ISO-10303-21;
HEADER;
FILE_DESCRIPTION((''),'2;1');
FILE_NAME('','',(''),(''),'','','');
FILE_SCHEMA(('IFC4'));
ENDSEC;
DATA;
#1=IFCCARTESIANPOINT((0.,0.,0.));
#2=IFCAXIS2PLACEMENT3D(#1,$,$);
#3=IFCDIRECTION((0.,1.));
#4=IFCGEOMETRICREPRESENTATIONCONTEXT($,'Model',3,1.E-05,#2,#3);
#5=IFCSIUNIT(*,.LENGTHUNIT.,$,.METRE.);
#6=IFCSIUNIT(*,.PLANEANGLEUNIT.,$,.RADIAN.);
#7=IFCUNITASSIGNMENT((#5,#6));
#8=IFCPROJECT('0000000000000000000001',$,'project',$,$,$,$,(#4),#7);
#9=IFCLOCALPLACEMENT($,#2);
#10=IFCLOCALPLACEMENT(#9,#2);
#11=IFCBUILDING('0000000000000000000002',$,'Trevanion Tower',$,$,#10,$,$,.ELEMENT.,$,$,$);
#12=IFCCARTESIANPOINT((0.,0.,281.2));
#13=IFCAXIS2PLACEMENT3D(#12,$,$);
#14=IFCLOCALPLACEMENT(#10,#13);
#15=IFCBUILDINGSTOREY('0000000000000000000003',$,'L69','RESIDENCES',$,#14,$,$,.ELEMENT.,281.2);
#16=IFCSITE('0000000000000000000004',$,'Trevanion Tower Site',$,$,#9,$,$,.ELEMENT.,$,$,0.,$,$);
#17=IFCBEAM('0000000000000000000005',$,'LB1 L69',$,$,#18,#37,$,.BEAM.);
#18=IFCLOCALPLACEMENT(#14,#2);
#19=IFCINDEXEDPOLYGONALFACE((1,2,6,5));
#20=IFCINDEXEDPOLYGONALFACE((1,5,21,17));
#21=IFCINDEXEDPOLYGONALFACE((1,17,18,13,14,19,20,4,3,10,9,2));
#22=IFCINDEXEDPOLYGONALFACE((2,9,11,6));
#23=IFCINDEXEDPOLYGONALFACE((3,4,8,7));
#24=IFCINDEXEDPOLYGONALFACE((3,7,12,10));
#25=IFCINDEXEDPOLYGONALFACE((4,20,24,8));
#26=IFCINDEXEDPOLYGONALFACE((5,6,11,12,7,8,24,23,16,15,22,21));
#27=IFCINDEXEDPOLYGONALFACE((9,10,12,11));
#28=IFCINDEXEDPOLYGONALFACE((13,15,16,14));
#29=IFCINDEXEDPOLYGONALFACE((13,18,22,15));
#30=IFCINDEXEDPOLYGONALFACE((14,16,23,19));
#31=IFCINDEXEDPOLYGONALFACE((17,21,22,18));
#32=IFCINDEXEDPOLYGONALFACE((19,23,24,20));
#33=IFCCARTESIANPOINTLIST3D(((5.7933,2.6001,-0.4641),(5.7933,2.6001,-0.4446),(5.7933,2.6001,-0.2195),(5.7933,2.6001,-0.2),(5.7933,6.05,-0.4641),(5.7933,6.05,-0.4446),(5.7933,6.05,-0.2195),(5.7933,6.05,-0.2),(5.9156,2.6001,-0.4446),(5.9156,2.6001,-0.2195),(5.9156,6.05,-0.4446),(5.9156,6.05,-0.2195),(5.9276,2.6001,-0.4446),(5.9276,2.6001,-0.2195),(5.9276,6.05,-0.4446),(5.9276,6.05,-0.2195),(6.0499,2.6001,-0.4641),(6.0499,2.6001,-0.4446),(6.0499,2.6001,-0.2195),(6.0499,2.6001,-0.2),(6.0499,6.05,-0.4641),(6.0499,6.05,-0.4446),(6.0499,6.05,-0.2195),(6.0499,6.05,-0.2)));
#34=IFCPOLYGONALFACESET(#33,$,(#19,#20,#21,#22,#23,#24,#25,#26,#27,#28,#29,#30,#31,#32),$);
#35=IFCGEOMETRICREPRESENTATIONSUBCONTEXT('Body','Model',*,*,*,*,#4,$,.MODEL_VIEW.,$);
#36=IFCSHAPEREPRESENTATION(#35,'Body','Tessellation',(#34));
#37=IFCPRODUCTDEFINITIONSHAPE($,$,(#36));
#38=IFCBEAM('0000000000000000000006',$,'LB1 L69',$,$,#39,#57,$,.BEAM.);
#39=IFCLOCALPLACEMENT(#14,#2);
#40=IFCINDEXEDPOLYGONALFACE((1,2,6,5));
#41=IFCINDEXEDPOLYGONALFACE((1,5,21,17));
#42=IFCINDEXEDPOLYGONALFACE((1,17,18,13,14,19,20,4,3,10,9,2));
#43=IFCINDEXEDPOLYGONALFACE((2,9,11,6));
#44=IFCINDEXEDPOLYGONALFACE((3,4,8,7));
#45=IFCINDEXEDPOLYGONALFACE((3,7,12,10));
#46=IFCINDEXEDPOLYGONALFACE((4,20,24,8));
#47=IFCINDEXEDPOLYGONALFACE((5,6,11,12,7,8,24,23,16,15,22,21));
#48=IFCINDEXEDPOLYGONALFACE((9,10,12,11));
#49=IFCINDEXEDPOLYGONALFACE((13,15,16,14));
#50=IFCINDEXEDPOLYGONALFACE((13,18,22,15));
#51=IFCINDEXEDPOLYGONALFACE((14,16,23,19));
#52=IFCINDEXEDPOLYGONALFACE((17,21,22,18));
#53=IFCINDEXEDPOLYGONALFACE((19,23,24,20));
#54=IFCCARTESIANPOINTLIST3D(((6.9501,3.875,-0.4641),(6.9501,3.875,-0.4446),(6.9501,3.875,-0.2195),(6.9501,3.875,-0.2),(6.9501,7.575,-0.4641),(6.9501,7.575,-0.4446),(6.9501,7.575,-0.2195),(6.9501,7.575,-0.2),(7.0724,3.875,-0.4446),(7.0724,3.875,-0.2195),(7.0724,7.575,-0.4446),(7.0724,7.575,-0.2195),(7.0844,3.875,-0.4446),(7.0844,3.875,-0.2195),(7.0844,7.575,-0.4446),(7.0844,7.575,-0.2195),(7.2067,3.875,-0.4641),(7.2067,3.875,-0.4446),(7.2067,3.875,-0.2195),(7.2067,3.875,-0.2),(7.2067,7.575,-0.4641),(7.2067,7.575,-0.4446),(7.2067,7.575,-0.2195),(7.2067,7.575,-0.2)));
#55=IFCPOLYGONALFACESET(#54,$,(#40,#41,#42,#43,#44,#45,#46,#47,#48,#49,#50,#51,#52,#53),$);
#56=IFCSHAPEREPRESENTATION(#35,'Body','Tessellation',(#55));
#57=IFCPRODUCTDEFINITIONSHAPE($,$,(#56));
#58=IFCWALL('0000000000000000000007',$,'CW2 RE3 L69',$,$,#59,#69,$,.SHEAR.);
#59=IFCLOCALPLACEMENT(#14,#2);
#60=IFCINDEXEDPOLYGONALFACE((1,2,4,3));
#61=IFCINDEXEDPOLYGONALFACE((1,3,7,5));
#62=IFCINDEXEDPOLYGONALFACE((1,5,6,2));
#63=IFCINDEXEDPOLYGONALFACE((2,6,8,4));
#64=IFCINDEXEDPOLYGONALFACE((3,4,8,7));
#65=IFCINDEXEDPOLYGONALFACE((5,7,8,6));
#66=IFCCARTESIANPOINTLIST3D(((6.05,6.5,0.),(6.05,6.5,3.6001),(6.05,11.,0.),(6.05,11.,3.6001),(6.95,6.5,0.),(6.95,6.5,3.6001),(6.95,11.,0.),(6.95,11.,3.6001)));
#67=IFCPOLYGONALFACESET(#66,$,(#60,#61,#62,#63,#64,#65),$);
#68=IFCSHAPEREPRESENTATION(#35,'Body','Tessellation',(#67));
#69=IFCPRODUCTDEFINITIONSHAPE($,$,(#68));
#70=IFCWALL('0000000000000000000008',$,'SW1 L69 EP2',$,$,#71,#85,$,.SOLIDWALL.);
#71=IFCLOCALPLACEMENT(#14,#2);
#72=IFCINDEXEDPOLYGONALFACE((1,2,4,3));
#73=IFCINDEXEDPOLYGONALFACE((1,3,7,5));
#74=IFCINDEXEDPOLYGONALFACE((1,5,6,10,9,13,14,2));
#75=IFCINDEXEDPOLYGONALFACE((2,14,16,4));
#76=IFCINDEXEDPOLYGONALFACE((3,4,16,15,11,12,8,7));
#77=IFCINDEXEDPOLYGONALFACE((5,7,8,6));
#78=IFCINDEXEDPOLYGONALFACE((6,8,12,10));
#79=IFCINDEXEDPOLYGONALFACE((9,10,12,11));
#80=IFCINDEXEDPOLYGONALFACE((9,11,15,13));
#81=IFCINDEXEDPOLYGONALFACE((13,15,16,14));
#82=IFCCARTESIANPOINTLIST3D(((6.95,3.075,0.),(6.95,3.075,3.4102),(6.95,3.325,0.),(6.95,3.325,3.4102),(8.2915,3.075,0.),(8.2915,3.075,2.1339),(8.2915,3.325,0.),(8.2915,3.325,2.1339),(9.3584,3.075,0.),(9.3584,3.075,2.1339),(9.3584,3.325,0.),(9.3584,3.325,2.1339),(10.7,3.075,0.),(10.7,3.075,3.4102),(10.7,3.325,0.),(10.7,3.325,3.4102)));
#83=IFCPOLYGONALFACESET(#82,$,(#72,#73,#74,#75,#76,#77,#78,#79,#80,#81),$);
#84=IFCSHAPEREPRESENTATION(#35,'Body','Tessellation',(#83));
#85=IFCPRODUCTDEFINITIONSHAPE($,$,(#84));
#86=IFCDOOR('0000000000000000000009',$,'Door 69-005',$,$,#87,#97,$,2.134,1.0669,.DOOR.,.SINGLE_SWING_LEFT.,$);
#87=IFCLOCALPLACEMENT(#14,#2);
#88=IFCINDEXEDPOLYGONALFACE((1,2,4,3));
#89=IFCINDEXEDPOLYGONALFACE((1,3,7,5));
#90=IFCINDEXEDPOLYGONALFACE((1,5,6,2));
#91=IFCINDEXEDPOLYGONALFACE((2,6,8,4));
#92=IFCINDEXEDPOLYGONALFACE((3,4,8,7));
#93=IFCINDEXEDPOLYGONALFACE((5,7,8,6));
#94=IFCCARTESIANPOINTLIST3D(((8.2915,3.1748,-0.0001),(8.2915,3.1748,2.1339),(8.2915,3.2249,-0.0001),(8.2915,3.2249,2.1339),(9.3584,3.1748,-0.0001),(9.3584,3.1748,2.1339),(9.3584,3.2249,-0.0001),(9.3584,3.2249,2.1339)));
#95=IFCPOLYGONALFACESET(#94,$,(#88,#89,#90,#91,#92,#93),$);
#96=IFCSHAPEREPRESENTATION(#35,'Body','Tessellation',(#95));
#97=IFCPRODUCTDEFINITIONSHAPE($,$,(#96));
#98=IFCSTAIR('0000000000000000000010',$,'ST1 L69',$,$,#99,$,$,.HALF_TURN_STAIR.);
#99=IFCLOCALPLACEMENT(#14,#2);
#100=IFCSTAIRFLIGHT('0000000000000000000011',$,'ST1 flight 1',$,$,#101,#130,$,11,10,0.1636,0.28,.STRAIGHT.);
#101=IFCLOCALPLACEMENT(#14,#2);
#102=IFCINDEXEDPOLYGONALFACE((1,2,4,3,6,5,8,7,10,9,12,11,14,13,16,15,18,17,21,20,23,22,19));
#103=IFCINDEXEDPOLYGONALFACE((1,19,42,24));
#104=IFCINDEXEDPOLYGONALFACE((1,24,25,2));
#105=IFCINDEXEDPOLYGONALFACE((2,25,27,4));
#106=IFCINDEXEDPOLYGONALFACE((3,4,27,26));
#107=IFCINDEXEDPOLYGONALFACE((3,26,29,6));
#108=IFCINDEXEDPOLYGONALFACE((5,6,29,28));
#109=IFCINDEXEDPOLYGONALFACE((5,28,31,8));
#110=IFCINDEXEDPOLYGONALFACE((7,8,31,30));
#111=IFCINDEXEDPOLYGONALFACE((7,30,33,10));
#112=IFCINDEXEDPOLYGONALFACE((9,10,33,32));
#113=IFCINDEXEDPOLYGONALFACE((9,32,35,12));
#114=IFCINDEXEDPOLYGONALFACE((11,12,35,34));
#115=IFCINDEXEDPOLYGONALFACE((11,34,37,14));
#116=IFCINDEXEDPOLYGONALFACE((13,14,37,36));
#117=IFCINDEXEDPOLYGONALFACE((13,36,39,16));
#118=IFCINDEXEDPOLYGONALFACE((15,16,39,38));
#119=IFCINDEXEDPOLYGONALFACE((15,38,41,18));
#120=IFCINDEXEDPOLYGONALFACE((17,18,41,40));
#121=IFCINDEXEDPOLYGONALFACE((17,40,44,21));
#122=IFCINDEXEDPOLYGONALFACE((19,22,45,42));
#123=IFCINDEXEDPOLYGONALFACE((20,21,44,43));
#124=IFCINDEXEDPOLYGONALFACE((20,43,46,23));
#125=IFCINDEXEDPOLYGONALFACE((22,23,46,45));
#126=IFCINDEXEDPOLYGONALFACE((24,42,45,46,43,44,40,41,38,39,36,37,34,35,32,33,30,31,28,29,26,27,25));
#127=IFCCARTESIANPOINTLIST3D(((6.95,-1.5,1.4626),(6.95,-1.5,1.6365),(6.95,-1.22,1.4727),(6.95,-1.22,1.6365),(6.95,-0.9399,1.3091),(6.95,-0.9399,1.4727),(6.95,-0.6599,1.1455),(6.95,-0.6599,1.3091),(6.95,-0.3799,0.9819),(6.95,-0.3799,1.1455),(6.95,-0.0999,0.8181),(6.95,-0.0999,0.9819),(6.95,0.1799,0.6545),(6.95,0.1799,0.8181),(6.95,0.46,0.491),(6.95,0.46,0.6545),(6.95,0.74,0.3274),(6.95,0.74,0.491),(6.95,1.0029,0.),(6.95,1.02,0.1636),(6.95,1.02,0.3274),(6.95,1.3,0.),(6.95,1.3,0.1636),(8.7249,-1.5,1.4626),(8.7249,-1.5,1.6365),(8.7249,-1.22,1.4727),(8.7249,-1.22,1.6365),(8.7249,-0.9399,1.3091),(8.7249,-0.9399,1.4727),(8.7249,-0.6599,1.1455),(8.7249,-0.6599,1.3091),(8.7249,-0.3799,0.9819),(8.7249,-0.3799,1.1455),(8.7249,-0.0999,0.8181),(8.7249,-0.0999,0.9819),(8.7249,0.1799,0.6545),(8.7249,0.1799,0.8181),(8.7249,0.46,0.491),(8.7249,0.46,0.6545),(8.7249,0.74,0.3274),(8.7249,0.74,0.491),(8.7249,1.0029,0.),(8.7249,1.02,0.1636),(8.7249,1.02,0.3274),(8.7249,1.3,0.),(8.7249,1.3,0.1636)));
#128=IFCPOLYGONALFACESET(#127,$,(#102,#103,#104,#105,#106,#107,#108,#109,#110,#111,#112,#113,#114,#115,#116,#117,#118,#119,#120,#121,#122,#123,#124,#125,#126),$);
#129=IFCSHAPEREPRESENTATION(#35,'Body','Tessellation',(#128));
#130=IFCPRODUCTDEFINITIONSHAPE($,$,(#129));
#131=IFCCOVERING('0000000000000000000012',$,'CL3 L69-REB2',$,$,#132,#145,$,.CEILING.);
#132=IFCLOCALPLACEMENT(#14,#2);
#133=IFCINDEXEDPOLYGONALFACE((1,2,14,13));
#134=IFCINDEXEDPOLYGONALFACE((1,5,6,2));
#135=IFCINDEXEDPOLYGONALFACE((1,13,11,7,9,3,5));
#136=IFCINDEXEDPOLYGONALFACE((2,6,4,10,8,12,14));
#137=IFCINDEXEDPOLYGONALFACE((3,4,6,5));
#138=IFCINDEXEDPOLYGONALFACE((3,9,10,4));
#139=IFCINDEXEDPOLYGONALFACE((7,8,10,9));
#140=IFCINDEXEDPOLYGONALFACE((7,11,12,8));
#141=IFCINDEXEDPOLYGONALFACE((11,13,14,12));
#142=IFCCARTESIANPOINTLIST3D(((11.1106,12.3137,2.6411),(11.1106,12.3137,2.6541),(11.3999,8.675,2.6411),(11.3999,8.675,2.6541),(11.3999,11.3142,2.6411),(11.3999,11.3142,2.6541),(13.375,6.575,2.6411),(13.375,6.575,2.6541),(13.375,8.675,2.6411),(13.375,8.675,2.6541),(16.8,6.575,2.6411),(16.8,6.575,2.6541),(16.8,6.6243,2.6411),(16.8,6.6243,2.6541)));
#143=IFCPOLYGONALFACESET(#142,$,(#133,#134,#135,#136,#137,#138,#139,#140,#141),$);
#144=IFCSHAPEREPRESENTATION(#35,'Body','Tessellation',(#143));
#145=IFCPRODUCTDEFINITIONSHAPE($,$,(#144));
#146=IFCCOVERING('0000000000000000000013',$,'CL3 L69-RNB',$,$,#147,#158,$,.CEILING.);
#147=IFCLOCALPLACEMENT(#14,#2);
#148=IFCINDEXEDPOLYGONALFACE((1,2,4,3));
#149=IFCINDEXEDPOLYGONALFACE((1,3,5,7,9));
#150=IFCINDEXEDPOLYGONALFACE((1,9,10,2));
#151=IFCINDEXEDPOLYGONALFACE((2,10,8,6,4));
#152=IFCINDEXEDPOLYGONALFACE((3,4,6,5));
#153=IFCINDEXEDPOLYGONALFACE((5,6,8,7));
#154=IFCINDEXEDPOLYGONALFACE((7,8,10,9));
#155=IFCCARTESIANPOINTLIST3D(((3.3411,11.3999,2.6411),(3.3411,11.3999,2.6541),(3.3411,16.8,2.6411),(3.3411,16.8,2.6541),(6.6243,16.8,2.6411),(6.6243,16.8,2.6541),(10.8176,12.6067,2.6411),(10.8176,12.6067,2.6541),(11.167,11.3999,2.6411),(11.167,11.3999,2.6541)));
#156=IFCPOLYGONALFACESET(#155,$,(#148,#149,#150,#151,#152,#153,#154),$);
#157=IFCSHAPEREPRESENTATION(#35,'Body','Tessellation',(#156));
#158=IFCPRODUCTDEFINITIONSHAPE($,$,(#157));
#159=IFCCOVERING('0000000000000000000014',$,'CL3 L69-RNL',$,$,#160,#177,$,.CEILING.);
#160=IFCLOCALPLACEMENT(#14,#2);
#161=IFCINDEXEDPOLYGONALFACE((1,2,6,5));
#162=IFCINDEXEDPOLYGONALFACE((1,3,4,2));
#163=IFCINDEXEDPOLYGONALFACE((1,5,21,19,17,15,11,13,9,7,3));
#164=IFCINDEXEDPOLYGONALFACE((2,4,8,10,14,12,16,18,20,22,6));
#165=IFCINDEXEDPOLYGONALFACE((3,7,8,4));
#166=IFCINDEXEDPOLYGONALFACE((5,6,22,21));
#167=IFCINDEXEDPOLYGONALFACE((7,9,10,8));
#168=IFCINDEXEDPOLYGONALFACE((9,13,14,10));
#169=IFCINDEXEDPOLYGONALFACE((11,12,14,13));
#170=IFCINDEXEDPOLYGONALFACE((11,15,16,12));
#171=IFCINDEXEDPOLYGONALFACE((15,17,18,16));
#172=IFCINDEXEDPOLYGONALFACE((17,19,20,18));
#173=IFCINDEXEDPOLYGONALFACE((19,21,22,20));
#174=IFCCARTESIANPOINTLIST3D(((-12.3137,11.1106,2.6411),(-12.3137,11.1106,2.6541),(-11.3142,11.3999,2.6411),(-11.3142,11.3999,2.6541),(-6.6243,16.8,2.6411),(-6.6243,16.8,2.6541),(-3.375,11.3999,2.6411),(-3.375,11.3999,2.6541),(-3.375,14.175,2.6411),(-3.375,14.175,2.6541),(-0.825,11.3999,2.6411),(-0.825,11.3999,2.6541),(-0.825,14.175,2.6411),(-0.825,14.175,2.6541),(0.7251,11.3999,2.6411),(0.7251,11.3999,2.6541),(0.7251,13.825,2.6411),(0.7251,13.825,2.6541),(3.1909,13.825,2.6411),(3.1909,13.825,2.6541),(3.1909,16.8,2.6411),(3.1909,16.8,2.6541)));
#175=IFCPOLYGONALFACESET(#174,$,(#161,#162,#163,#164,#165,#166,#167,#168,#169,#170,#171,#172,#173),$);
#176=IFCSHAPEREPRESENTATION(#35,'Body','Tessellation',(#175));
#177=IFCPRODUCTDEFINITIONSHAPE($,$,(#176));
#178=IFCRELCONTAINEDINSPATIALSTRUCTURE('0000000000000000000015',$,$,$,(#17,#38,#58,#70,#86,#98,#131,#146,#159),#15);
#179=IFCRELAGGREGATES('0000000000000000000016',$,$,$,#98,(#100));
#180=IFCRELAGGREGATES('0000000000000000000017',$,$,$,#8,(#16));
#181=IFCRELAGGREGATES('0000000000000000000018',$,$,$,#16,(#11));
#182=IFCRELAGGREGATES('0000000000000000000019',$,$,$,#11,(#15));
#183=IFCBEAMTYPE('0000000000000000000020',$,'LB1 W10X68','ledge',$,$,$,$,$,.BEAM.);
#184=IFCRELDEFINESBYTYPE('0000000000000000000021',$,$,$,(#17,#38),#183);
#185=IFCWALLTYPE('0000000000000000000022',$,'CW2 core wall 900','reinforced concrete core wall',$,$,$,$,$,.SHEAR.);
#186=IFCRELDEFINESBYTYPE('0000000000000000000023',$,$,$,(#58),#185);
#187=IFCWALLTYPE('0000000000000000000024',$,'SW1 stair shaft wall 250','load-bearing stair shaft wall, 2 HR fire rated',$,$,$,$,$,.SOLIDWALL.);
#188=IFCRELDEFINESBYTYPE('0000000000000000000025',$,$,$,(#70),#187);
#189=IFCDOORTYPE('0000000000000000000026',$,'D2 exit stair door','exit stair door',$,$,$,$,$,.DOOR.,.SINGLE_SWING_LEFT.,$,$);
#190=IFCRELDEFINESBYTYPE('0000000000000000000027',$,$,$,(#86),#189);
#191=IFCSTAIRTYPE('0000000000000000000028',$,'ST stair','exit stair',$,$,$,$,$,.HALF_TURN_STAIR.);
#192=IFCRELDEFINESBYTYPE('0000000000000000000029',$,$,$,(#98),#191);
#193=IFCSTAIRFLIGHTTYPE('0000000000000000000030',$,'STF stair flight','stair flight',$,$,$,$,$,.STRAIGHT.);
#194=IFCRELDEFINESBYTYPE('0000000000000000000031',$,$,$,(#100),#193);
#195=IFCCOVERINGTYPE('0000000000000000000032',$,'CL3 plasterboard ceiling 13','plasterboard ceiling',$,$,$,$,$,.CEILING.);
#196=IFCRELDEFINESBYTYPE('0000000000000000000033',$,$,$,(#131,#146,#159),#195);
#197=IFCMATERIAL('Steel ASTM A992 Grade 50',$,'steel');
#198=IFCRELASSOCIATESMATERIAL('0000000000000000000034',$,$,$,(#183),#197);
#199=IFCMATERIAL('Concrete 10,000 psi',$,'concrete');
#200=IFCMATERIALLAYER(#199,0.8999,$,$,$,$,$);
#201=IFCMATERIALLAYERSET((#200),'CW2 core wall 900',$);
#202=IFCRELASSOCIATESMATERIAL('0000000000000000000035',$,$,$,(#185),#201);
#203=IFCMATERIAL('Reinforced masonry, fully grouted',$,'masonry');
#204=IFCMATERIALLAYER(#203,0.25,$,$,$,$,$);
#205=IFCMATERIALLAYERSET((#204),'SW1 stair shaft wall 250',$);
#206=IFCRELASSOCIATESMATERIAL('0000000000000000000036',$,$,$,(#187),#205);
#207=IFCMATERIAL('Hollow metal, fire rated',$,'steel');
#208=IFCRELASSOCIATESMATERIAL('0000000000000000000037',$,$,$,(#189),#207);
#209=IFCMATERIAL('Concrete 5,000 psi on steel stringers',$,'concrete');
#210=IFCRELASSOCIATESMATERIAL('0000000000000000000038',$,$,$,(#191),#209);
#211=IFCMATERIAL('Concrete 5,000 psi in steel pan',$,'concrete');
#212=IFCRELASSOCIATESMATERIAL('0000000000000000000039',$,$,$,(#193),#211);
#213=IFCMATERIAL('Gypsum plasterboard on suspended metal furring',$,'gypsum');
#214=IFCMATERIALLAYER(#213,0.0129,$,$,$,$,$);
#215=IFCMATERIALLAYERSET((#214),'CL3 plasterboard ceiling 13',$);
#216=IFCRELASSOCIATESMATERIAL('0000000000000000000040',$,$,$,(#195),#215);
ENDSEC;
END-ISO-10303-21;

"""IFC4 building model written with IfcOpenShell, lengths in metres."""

from ifc_helpers import new_model, si_unit, direction, frame, frame_2d, origin, origin_2d, place, context, subcontext, project, spatial, polyline, rectangle, i_section, outline, extrude, material, layer, layer_set, material_profile, profile_set, type_object, element, fill, aggregate, save


model = new_model("IFC4")

# Units and contexts
model_context = context("Model", 3, precision=1e-05, world=origin(), true_north=direction((0.0, 1.0)))
body_context = subcontext(model_context, "Body", "Model", "MODEL_VIEW")
ifc_project = project(units=[si_unit("LENGTHUNIT", "METRE"), si_unit("PLANEANGLEUNIT", "RADIAN")], contexts=[model_context])

# Site, building, storey
site_placement = place(None, origin())
site = spatial("IfcSite", under=ifc_project, at=site_placement, Name="Trevanion Tower Site", CompositionType="ELEMENT", RefElevation=0.0)
building_placement = place(site_placement, origin())
building = spatial("IfcBuilding", under=site, at=building_placement, Name="Trevanion Tower", CompositionType="ELEMENT")
storey_placement = place(building_placement, frame((0.0, 0.0, 281.2)))
storey = spatial("IfcBuildingStorey", under=building, at=storey_placement, Name="L69", Description="RESIDENCES", CompositionType="ELEMENT", Elevation=281.2)

# Beams
ifc_material_1 = material(Name="Steel ASTM A992 Grade 50", Category="steel")
ifc_material_profile = material_profile(ifc_material_1, i_section(OverallWidth=0.2566, OverallDepth=0.2642, WebThickness=0.012, FlangeThickness=0.0195, at=origin_2d()), Name="W10X68")
ifc_profile_set = profile_set([ifc_material_profile], Name="Steel ASTM A992 Grade 50")
beam_type = type_object("IfcBeamType", Name="LB1 W10X68", Description="ledge", PredefinedType="BEAM", material=ifc_profile_set)
beam_1_placement = place(storey_placement, frame((5.9216, 2.6001, -0.332), z_axis=(0.0, 1.0, 0.0), x_axis=(-1.0, 0.0, 0.0)))
element("IfcBeam", 1, at=beam_1_placement, inside=storey, type_object=beam_type, Name="LB1 L69", PredefinedType="BEAM", context=body_context, shape_type="SweptSolid", body=[
    extrude(i_section(OverallWidth=0.2566, OverallDepth=0.2642, WebThickness=0.012, FlangeThickness=0.0195, at=origin_2d()), origin(), (0.0, 0.0, 1.0), 3.45),
])
beam_2_placement = place(storey_placement, frame((7.0784, 3.875, -0.332), z_axis=(0.0, 1.0, 0.0), x_axis=(-1.0, 0.0, 0.0)))
element("IfcBeam", 2, at=beam_2_placement, inside=storey, type_object=beam_type, Name="LB1 L69", PredefinedType="BEAM", context=body_context, shape_type="SweptSolid", body=[
    extrude(i_section(OverallWidth=0.2566, OverallDepth=0.2642, WebThickness=0.012, FlangeThickness=0.0195, at=origin_2d()), origin(), (0.0, 0.0, 1.0), 3.7),
])

# Wall
ifc_material_2 = material(Name="Concrete 10,000 psi", Category="concrete")
ifc_layer_1 = layer(ifc_material_2, 0.8999)
ifc_layer_set_1 = layer_set([ifc_layer_1], Name="CW2 core wall 900")
wall_type_1 = type_object("IfcWallType", Name="CW2 core wall 900", Description="reinforced concrete core wall", PredefinedType="SHEAR", material=ifc_layer_set_1)
wall_1_placement = place(storey_placement, frame((6.5, 6.5, 0.0), z_axis=(0.0, 0.0, 1.0), x_axis=(0.0, 1.0, 0.0)))
element("IfcWall", 3, at=wall_1_placement, inside=storey, type_object=wall_type_1, Name="CW2 RE3 L69", PredefinedType="SHEAR", context=body_context, shape_type="SweptSolid", body=[
    extrude(rectangle(XDim=4.5, YDim=0.8999, at=frame_2d((2.25, 0.0))), origin(), (0.0, 0.0, 1.0), 3.6001),
])

# Wall, opening, door
ifc_material_3 = material(Name="Reinforced masonry, fully grouted", Category="masonry")
ifc_layer_2 = layer(ifc_material_3, 0.25)
ifc_layer_set_2 = layer_set([ifc_layer_2], Name="SW1 stair shaft wall 250")
wall_type_2 = type_object("IfcWallType", Name="SW1 stair shaft wall 250", Description="load-bearing stair shaft wall, 2 HR fire rated", PredefinedType="SOLIDWALL", material=ifc_layer_set_2)
wall_2_placement = place(storey_placement, frame((6.95, 3.2, 0.0), z_axis=(0.0, 0.0, 1.0), x_axis=(1.0, 0.0, 0.0)))
wall_2 = element("IfcWall", 4, at=wall_2_placement, inside=storey, type_object=wall_type_2, Name="SW1 L69 EP2", PredefinedType="SOLIDWALL", context=body_context, shape_type="SweptSolid", body=[
    extrude(rectangle(XDim=3.75, YDim=0.25, at=frame_2d((1.875, 0.0))), origin(), (0.0, 0.0, 1.0), 3.4102),
])
opening_placement = place(wall_2_placement, frame((1.3416, 0.0, 0.0)))
opening = element("IfcOpeningElement", 5, at=opening_placement, cuts=wall_2, PredefinedType="OPENING", context=body_context, shape_type="SweptSolid", body=[
    extrude(rectangle(XDim=1.0669, YDim=2.134, at=frame_2d((0.5334, 1.0669))), frame((0.0, 0.135, 0.0), z_axis=(0.0, -1.0, 0.0), x_axis=(1.0, 0.0, 0.0)), (0.0, 0.0, 1.0), 0.27),
])
ifc_material_4 = material(Name="Hollow metal, fire rated", Category="steel")
door_type = type_object("IfcDoorType", Name="D2 exit stair door", Description="exit stair door", OperationType="SINGLE_SWING_LEFT", PredefinedType="DOOR", material=ifc_material_4)
door_placement = place(opening_placement, origin())
door = element("IfcDoor", 6, at=door_placement, inside=storey, type_object=door_type, Name="Door 69-005", OperationType="SINGLE_SWING_LEFT", OverallHeight=2.134, OverallWidth=1.0669, PredefinedType="DOOR", context=body_context, shape_type="SweptSolid", body=[
    extrude(rectangle(XDim=1.0669, YDim=2.134, at=frame_2d((0.5334, 1.0669))), frame((0.0, 0.0249, 0.0), z_axis=(0.0, -1.0, 0.0), x_axis=(1.0, 0.0, 0.0)), (0.0, 0.0, 1.0), 0.05),
])
fill(opening, door)

# Stair, stair flight
ifc_material_5 = material(Name="Concrete 5,000 psi on steel stringers", Category="concrete")
stair_type = type_object("IfcStairType", Name="ST stair", Description="exit stair", PredefinedType="HALF_TURN_STAIR", material=ifc_material_5)
stair_placement = place(storey_placement, origin())
stair = element("IfcStair", 7, at=stair_placement, inside=storey, type_object=stair_type, Name="ST1 L69", PredefinedType="HALF_TURN_STAIR")
ifc_material_6 = material(Name="Concrete 5,000 psi in steel pan", Category="concrete")
stair_flight_type = type_object("IfcStairFlightType", Name="STF stair flight", Description="stair flight", PredefinedType="STRAIGHT", material=ifc_material_6)
stair_flight_placement = place(storey_placement, frame((7.8374, 1.3, 0.0), z_axis=(0.0, 0.0, 1.0), x_axis=(0.0, -1.0, 0.0)))
stair_flight = element("IfcStairFlight", 8, at=stair_flight_placement, type_object=stair_flight_type, Name="ST1 flight 1", NumberOfRisers=11, NumberOfTreads=10, PredefinedType="STRAIGHT", RiserHeight=0.1636, TreadLength=0.28, context=body_context, shape_type="SweptSolid", body=[
    extrude(outline(polyline([(0.0, 0.0), (0.0, 0.1636), (0.28, 0.1636), (0.28, 0.3274), (0.5601, 0.3274), (0.5601, 0.491), (0.8401, 0.491), (0.8401, 0.6545), (1.1201, 0.6545), (1.1201, 0.8181), (1.3999, 0.8181), (1.3999, 0.9819), (1.6799, 0.9819), (1.6799, 1.1455), (1.96, 1.1455), (1.96, 1.3091), (2.24, 1.3091), (2.24, 1.4727), (2.52, 1.4727), (2.52, 1.6365), (2.8, 1.6365), (2.8, 1.8), (2.8, 1.4626), (0.2971, 0.0), (0.0, 0.0)])), frame((0.0, 0.8875, 0.0), z_axis=(0.0, -1.0, 0.0), x_axis=(1.0, 0.0, 0.0)), (0.0, 0.0, 1.0), 1.7749),
])
aggregate(stair, [stair_flight])

# Coverings
ifc_material_7 = material(Name="Gypsum plasterboard on suspended metal furring", Category="gypsum")
ifc_layer_3 = layer(ifc_material_7, 0.0129)
ifc_layer_set_3 = layer_set([ifc_layer_3], Name="CL3 plasterboard ceiling 13")
covering_type_1 = type_object("IfcCoveringType", Name="CL3 plasterboard ceiling 13", Description="plasterboard ceiling", PredefinedType="CEILING", material=ifc_layer_set_3)
covering_1_placement = place(storey_placement, frame((0.0, 0.0, 2.6411)))
element("IfcCovering", 9, at=covering_1_placement, inside=storey, type_object=covering_type_1, Name="CL3 L69-REB2", PredefinedType="CEILING", context=body_context, shape_type="SweptSolid", body=[
    extrude(outline(polyline([(13.375, 6.575), (13.375, 8.675), (11.3999, 8.675), (11.3999, 11.3142), (11.1106, 12.3137), (16.8, 6.6243), (16.8, 6.575), (13.375, 6.575)])), origin(), (0.0, 0.0, 1.0), 0.0129),
])
covering_2_placement = place(storey_placement, frame((0.0, 0.0, 2.6411)))
element("IfcCovering", 10, at=covering_2_placement, inside=storey, type_object=covering_type_1, Name="CL3 L69-RNB", PredefinedType="CEILING", context=body_context, shape_type="SweptSolid", body=[
    extrude(outline(polyline([(10.8176, 12.6067), (11.167, 11.3999), (3.3411, 11.3999), (3.3411, 16.8), (6.6243, 16.8), (10.8176, 12.6067)])), origin(), (0.0, 0.0, 1.0), 0.0129),
])
covering_3_placement = place(storey_placement, frame((0.0, 0.0, 2.6411)))
element("IfcCovering", 11, at=covering_3_placement, inside=storey, type_object=covering_type_1, Name="CL3 L69-RNL", PredefinedType="CEILING", context=body_context, shape_type="SweptSolid", body=[
    extrude(outline(polyline([(3.1909, 13.825), (0.7251, 13.825), (0.7251, 11.3999), (-0.825, 11.3999), (-0.825, 14.175), (-3.375, 14.175), (-3.375, 11.3999), (-11.3142, 11.3999), (-12.3137, 11.1106), (-6.6243, 16.8), (3.1909, 16.8), (3.1909, 13.825)])), origin(), (0.0, 0.0, 1.0), 0.0129),
])

save(model, "model.ifc")
